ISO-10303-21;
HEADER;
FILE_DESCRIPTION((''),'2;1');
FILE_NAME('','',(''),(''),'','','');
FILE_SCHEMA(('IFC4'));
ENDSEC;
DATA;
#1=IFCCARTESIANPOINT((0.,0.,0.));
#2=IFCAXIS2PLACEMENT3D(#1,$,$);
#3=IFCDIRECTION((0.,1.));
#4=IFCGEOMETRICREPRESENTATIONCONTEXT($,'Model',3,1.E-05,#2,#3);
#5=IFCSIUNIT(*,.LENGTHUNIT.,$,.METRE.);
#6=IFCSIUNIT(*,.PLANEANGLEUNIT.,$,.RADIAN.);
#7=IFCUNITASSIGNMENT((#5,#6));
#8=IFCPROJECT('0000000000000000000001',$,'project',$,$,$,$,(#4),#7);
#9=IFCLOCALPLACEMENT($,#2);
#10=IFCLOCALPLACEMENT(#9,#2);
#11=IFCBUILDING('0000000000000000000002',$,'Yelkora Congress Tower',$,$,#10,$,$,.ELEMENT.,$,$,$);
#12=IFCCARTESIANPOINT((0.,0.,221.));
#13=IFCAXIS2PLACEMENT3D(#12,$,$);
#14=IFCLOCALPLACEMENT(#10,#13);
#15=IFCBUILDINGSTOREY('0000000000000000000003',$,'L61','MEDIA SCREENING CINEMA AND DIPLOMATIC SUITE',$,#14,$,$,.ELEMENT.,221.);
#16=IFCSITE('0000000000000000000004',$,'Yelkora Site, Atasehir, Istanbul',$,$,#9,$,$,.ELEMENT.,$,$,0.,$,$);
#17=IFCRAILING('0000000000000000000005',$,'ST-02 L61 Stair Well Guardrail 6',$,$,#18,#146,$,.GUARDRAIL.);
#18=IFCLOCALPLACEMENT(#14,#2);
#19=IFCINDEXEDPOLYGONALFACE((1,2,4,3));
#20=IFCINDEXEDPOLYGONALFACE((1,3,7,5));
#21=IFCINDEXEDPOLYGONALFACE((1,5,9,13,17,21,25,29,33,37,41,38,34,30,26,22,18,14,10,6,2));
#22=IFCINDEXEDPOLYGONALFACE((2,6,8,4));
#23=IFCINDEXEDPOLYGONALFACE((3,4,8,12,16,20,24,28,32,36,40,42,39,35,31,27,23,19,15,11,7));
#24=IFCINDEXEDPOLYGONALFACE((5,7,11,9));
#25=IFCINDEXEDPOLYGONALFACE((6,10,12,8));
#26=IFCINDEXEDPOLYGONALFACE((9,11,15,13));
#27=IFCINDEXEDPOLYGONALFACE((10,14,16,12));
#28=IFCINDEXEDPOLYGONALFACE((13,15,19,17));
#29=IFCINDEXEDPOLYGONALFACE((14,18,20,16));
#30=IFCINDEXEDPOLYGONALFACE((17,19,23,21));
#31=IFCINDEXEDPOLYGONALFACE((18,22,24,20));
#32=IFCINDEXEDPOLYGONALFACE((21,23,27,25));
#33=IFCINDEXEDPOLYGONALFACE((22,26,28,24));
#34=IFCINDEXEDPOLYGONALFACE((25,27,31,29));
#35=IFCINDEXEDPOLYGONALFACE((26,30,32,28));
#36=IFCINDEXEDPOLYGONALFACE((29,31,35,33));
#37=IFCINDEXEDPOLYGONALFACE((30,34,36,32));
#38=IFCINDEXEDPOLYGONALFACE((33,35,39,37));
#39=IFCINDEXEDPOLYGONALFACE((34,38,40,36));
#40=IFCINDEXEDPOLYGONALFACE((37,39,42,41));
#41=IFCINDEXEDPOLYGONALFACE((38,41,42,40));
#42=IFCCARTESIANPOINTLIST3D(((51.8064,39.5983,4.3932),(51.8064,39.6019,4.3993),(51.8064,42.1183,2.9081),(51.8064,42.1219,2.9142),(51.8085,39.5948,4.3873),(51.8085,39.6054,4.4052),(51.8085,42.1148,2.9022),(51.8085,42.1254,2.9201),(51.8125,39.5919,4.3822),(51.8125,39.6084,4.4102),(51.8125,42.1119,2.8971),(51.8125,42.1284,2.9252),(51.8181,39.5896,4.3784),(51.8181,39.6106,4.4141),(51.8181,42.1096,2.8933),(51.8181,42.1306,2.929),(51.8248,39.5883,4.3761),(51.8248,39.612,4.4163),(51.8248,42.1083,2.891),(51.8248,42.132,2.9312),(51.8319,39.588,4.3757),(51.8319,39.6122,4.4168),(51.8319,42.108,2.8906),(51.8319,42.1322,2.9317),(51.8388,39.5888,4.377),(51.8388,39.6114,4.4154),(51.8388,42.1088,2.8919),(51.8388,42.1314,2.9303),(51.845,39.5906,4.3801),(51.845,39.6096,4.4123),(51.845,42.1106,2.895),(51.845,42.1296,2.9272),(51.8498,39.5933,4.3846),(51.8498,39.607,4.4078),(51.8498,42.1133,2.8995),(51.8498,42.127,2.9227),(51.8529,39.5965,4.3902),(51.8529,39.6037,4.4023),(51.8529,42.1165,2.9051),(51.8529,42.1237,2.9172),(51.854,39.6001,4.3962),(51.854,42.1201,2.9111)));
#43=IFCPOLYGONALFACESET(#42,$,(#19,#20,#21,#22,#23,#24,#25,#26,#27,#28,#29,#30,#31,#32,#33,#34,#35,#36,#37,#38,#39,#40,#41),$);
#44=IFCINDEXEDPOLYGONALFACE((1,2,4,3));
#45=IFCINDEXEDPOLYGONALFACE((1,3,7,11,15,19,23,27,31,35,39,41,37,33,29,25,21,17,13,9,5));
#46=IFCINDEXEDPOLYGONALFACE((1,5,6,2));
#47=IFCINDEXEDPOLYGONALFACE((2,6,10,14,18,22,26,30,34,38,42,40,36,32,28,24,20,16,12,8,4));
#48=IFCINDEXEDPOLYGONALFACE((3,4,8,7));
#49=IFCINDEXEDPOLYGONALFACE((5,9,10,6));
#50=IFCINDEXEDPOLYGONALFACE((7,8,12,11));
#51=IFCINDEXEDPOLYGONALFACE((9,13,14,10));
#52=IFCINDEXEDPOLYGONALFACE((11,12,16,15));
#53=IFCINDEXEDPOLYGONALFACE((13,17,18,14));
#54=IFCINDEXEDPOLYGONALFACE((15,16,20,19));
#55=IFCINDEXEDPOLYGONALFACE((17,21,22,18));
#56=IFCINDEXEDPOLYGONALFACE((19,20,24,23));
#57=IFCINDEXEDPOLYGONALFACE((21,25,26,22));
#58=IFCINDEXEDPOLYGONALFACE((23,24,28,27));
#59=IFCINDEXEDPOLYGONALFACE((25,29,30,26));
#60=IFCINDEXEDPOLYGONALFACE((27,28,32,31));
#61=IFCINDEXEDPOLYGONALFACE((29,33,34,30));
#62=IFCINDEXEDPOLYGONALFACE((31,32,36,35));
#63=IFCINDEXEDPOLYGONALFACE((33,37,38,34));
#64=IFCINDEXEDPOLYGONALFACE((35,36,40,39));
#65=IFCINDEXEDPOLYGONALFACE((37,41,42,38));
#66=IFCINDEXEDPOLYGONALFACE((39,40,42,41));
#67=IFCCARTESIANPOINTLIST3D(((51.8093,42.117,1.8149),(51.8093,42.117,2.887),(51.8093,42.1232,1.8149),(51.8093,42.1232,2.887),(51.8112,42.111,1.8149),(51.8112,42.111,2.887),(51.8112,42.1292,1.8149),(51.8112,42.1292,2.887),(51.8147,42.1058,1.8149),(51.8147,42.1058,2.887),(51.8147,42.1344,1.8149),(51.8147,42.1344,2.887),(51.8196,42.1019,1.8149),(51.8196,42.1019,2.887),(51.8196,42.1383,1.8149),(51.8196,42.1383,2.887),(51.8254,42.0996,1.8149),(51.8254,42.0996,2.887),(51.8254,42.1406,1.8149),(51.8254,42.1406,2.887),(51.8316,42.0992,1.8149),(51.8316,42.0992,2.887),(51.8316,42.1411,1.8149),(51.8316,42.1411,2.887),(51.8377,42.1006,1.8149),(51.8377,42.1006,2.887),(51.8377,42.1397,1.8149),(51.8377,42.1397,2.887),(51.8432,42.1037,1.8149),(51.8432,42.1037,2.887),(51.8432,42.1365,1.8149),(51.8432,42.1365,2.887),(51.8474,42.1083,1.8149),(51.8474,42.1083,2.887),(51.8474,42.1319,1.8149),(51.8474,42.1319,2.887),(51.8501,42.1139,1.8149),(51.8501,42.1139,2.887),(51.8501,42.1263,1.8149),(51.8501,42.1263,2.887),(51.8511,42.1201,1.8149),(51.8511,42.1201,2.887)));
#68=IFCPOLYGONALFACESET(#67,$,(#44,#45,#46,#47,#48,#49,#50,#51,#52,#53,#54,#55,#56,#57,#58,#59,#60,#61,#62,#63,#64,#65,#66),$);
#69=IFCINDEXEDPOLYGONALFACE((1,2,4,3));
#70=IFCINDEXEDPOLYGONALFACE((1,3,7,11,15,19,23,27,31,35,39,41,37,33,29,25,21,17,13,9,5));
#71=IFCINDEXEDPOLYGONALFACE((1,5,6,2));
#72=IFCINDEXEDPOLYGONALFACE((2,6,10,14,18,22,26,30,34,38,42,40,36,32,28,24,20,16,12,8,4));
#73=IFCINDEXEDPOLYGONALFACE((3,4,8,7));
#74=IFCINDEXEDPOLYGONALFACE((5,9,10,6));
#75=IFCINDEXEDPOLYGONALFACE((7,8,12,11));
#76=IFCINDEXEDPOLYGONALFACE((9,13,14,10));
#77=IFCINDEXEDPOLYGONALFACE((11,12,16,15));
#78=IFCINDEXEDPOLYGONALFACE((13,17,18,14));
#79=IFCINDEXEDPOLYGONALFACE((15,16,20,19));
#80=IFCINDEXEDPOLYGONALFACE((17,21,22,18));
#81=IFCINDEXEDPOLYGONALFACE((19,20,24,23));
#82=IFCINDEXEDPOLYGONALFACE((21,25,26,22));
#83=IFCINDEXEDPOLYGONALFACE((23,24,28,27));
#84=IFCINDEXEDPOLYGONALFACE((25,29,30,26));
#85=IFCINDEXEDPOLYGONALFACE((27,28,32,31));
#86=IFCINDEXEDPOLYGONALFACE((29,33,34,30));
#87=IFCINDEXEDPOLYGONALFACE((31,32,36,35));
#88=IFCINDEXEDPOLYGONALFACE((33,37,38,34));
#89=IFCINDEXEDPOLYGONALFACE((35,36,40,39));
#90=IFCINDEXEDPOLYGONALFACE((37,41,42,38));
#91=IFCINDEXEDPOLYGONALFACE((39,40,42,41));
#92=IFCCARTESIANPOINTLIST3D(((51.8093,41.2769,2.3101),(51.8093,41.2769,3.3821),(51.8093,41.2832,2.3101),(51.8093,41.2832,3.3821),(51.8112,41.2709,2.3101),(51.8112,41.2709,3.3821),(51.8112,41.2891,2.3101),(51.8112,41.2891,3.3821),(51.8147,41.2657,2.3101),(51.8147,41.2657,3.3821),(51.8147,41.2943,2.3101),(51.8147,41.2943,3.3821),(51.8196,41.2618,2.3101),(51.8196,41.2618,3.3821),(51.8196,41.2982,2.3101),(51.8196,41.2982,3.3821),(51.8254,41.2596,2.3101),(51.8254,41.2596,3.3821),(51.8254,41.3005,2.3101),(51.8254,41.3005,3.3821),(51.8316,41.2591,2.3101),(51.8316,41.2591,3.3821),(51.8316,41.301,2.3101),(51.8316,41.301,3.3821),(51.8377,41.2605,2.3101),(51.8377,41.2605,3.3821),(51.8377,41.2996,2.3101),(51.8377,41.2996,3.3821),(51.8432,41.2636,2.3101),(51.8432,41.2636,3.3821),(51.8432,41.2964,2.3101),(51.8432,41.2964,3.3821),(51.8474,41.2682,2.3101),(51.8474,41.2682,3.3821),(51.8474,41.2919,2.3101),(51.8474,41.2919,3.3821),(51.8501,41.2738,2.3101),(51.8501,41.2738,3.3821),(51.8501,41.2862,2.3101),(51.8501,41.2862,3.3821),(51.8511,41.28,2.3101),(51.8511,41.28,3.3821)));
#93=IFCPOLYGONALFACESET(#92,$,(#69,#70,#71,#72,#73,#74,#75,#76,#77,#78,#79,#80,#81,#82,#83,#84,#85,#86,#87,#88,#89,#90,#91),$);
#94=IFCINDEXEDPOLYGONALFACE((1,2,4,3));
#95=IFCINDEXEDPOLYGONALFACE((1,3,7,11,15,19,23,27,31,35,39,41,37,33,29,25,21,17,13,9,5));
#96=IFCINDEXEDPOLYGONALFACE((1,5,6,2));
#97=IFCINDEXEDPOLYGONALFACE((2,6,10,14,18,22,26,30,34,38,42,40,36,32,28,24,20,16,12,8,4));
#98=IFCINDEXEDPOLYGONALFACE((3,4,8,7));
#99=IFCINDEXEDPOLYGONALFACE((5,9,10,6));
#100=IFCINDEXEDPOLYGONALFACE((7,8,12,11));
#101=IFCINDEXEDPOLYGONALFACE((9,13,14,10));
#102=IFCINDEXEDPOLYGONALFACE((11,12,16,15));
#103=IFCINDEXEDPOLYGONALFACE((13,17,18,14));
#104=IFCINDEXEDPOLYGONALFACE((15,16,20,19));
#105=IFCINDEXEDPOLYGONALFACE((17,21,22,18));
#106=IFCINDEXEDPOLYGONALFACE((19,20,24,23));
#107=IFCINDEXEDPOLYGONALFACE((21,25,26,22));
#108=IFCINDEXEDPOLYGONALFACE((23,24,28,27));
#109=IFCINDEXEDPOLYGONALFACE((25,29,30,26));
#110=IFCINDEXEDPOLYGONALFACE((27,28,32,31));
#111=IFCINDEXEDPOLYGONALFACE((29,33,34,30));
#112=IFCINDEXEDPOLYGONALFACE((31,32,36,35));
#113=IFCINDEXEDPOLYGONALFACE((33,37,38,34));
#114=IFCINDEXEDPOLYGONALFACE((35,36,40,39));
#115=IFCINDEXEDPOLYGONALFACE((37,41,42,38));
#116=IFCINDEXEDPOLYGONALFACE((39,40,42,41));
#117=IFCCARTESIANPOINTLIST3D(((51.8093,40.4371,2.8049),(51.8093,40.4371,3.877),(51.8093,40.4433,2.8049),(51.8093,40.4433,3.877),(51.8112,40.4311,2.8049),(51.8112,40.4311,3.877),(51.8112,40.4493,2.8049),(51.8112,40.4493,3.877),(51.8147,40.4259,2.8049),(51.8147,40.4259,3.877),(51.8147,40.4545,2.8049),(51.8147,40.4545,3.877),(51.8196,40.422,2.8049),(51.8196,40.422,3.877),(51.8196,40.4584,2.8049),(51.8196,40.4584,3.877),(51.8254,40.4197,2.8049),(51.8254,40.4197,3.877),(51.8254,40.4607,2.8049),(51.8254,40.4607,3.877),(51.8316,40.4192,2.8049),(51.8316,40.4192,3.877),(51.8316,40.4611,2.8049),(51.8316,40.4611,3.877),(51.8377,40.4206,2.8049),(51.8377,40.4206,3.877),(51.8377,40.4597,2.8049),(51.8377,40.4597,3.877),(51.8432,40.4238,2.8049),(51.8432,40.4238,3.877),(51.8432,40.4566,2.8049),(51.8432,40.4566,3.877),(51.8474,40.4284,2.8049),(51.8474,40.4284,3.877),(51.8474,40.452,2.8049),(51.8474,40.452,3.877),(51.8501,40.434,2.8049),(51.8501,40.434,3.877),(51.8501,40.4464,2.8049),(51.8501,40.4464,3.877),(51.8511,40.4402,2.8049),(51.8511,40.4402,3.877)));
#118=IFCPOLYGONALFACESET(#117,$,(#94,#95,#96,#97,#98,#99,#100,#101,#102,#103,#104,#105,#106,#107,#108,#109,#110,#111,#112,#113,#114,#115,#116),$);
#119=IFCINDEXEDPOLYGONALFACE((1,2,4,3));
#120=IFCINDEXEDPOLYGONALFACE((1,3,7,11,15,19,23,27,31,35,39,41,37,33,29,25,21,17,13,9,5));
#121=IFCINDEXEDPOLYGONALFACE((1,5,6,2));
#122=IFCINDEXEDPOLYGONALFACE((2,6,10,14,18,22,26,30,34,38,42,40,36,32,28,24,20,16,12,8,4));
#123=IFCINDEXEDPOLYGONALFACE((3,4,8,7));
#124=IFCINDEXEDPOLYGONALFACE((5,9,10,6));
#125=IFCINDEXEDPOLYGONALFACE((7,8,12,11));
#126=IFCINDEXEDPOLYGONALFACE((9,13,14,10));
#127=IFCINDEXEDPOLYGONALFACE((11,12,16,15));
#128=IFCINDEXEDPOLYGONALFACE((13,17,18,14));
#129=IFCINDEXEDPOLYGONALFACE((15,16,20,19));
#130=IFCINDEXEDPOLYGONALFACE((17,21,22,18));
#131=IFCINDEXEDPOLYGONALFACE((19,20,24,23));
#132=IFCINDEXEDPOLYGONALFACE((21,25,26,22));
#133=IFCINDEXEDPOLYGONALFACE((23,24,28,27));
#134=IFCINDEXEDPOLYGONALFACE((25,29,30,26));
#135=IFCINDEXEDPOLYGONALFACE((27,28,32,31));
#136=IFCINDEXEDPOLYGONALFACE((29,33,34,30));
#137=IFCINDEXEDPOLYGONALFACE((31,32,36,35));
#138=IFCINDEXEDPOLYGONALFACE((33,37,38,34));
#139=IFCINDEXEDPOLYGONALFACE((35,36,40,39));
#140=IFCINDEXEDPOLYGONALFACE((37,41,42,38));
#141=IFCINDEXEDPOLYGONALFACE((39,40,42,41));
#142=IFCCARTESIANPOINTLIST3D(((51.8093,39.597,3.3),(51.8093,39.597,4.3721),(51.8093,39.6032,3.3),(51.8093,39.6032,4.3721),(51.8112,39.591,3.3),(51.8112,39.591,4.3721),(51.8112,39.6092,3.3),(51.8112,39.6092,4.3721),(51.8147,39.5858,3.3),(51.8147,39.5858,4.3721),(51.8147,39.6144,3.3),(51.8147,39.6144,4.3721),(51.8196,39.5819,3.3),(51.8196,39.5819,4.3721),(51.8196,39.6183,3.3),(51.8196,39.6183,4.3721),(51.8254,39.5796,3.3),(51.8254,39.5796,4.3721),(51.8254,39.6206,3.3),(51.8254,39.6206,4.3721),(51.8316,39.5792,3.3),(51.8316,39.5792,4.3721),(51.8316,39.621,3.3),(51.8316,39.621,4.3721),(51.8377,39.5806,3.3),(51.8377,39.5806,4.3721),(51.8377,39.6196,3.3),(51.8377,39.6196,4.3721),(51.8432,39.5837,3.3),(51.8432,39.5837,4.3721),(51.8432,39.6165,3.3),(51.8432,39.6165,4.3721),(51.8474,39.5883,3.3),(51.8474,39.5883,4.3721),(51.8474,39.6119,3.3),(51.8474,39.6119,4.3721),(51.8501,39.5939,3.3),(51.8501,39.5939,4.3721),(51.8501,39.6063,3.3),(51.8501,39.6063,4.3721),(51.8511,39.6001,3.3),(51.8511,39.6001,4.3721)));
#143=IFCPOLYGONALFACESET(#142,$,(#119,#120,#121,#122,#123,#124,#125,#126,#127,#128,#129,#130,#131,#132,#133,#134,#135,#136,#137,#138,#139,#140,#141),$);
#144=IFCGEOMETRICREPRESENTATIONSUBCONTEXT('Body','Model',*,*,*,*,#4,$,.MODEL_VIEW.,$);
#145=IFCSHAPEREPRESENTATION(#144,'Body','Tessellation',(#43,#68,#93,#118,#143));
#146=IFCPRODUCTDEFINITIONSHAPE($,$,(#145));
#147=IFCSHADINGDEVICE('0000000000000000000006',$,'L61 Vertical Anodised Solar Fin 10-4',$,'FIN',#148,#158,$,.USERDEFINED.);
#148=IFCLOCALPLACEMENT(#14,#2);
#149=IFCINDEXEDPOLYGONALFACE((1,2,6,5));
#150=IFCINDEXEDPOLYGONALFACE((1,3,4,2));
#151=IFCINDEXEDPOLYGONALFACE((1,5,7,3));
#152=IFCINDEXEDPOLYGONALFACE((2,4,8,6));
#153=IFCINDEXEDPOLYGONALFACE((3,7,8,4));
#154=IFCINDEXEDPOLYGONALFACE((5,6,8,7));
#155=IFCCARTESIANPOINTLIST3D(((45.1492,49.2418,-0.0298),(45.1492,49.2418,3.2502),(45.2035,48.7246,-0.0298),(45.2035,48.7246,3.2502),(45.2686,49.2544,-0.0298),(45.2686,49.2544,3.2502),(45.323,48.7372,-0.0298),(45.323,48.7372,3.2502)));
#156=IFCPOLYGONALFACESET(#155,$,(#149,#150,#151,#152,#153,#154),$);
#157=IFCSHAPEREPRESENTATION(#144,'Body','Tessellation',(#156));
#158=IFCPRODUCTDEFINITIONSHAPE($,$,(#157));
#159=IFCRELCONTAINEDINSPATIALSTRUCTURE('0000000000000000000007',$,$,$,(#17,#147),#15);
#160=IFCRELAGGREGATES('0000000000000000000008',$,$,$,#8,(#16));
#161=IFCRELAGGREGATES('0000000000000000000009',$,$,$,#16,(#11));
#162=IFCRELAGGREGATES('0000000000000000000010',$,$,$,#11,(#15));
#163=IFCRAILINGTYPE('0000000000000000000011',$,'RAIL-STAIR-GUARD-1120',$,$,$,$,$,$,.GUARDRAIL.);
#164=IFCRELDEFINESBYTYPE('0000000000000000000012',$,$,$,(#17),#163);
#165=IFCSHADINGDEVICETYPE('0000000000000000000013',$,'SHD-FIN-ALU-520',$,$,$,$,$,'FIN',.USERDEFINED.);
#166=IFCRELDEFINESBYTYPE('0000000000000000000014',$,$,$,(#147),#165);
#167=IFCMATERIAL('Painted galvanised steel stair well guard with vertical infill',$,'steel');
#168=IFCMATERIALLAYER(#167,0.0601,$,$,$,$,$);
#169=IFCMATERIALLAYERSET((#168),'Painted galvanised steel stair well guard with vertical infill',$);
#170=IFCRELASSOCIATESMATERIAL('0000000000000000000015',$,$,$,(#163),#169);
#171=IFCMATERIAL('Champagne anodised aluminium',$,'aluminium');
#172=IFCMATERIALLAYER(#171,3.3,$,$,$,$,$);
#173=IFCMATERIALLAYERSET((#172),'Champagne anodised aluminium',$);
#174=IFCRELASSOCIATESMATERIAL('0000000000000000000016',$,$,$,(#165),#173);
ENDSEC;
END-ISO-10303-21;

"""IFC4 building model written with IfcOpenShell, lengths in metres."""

from ifc_helpers import new_model, si_unit, direction, frame, origin, origin_2d, place, context, subcontext, project, spatial, rectangle, circle, extrude, material, layer, layer_set, type_object, element, save


model = new_model("IFC4")

# Units and contexts
model_context = context("Model", 3, precision=1e-05, world=origin(), true_north=direction((0.0, 1.0)))
body_context = subcontext(model_context, "Body", "Model", "MODEL_VIEW")
ifc_project = project(units=[si_unit("LENGTHUNIT", "METRE"), si_unit("PLANEANGLEUNIT", "RADIAN")], contexts=[model_context])

# Site, building, storey
site_placement = place(None, origin())
site = spatial("IfcSite", under=ifc_project, at=site_placement, Name="Yelkora Site, Atasehir, Istanbul", CompositionType="ELEMENT", RefElevation=0.0)
building_placement = place(site_placement, origin())
building = spatial("IfcBuilding", under=site, at=building_placement, Name="Yelkora Congress Tower", CompositionType="ELEMENT")
storey_placement = place(building_placement, frame((0.0, 0.0, 221.0)))
storey = spatial("IfcBuildingStorey", under=building, at=storey_placement, Name="L61", Description="MEDIA SCREENING CINEMA AND DIPLOMATIC SUITE", CompositionType="ELEMENT", Elevation=221.0)

# Railing
ifc_material_1 = material(Name="Painted galvanised steel stair well guard with vertical infill", Category="steel")
ifc_layer_1 = layer(ifc_material_1, 0.0601)
ifc_layer_set_1 = layer_set([ifc_layer_1], Name="Painted galvanised steel stair well guard with vertical infill")
railing_type = type_object("IfcRailingType", Name="RAIL-STAIR-GUARD-1120", PredefinedType="GUARDRAIL", material=ifc_layer_set_1)
railing_1_placement = place(storey_placement, frame((51.8301, 42.1201, 1.8149)))
element("IfcRailing", 1, at=railing_1_placement, inside=storey, type_object=railing_type, Name="ST-02 L61 Stair Well Guardrail 6", PredefinedType="GUARDRAIL", context=body_context, shape_type="SweptSolid", body=[
    extrude(circle(Radius=0.0239, at=origin_2d()), frame((0.0, 0.0, 1.0962), z_axis=(0.0, -0.861524, 0.507717), x_axis=(1.0, 0.0, 0.0)), (0.0, 0.0, 1.0), 2.925),
    extrude(circle(Radius=0.021, at=origin_2d()), origin(), (0.0, 0.0, 1.0), 1.072),
    extrude(circle(Radius=0.021, at=origin_2d()), frame((0.0, -0.8401, 0.4951)), (0.0, 0.0, 1.0), 1.072),
    extrude(circle(Radius=0.021, at=origin_2d()), frame((0.0, -1.6799, 0.99)), (0.0, 0.0, 1.0), 1.072),
    extrude(circle(Radius=0.021, at=origin_2d()), frame((0.0, -2.52, 1.4851)), (0.0, 0.0, 1.0), 1.072),
])

# Shading device
ifc_material_2 = material(Name="Champagne anodised aluminium", Category="aluminium")
ifc_layer_2 = layer(ifc_material_2, 3.3)
ifc_layer_set_2 = layer_set([ifc_layer_2], Name="Champagne anodised aluminium")
shading_device_type = type_object("IfcShadingDeviceType", Name="SHD-FIN-ALU-520", ElementType="FIN", PredefinedType="USERDEFINED", material=ifc_layer_set_2)
shading_device_placement = place(storey_placement, frame((45.2361, 48.9895, -0.0298), z_axis=(0.0, 0.0, 1.0), x_axis=(0.994522, 0.104528, 0.0)))
element("IfcShadingDevice", 2, at=shading_device_placement, inside=storey, type_object=shading_device_type, Name="L61 Vertical Anodised Solar Fin 10-4", ObjectType="FIN", PredefinedType="USERDEFINED", context=body_context, shape_type="SweptSolid", body=[
    extrude(rectangle(XDim=0.1201, YDim=0.52, at=origin_2d()), origin(), (0.0, 0.0, 1.0), 3.28),
])

save(model, "model.ifc")
